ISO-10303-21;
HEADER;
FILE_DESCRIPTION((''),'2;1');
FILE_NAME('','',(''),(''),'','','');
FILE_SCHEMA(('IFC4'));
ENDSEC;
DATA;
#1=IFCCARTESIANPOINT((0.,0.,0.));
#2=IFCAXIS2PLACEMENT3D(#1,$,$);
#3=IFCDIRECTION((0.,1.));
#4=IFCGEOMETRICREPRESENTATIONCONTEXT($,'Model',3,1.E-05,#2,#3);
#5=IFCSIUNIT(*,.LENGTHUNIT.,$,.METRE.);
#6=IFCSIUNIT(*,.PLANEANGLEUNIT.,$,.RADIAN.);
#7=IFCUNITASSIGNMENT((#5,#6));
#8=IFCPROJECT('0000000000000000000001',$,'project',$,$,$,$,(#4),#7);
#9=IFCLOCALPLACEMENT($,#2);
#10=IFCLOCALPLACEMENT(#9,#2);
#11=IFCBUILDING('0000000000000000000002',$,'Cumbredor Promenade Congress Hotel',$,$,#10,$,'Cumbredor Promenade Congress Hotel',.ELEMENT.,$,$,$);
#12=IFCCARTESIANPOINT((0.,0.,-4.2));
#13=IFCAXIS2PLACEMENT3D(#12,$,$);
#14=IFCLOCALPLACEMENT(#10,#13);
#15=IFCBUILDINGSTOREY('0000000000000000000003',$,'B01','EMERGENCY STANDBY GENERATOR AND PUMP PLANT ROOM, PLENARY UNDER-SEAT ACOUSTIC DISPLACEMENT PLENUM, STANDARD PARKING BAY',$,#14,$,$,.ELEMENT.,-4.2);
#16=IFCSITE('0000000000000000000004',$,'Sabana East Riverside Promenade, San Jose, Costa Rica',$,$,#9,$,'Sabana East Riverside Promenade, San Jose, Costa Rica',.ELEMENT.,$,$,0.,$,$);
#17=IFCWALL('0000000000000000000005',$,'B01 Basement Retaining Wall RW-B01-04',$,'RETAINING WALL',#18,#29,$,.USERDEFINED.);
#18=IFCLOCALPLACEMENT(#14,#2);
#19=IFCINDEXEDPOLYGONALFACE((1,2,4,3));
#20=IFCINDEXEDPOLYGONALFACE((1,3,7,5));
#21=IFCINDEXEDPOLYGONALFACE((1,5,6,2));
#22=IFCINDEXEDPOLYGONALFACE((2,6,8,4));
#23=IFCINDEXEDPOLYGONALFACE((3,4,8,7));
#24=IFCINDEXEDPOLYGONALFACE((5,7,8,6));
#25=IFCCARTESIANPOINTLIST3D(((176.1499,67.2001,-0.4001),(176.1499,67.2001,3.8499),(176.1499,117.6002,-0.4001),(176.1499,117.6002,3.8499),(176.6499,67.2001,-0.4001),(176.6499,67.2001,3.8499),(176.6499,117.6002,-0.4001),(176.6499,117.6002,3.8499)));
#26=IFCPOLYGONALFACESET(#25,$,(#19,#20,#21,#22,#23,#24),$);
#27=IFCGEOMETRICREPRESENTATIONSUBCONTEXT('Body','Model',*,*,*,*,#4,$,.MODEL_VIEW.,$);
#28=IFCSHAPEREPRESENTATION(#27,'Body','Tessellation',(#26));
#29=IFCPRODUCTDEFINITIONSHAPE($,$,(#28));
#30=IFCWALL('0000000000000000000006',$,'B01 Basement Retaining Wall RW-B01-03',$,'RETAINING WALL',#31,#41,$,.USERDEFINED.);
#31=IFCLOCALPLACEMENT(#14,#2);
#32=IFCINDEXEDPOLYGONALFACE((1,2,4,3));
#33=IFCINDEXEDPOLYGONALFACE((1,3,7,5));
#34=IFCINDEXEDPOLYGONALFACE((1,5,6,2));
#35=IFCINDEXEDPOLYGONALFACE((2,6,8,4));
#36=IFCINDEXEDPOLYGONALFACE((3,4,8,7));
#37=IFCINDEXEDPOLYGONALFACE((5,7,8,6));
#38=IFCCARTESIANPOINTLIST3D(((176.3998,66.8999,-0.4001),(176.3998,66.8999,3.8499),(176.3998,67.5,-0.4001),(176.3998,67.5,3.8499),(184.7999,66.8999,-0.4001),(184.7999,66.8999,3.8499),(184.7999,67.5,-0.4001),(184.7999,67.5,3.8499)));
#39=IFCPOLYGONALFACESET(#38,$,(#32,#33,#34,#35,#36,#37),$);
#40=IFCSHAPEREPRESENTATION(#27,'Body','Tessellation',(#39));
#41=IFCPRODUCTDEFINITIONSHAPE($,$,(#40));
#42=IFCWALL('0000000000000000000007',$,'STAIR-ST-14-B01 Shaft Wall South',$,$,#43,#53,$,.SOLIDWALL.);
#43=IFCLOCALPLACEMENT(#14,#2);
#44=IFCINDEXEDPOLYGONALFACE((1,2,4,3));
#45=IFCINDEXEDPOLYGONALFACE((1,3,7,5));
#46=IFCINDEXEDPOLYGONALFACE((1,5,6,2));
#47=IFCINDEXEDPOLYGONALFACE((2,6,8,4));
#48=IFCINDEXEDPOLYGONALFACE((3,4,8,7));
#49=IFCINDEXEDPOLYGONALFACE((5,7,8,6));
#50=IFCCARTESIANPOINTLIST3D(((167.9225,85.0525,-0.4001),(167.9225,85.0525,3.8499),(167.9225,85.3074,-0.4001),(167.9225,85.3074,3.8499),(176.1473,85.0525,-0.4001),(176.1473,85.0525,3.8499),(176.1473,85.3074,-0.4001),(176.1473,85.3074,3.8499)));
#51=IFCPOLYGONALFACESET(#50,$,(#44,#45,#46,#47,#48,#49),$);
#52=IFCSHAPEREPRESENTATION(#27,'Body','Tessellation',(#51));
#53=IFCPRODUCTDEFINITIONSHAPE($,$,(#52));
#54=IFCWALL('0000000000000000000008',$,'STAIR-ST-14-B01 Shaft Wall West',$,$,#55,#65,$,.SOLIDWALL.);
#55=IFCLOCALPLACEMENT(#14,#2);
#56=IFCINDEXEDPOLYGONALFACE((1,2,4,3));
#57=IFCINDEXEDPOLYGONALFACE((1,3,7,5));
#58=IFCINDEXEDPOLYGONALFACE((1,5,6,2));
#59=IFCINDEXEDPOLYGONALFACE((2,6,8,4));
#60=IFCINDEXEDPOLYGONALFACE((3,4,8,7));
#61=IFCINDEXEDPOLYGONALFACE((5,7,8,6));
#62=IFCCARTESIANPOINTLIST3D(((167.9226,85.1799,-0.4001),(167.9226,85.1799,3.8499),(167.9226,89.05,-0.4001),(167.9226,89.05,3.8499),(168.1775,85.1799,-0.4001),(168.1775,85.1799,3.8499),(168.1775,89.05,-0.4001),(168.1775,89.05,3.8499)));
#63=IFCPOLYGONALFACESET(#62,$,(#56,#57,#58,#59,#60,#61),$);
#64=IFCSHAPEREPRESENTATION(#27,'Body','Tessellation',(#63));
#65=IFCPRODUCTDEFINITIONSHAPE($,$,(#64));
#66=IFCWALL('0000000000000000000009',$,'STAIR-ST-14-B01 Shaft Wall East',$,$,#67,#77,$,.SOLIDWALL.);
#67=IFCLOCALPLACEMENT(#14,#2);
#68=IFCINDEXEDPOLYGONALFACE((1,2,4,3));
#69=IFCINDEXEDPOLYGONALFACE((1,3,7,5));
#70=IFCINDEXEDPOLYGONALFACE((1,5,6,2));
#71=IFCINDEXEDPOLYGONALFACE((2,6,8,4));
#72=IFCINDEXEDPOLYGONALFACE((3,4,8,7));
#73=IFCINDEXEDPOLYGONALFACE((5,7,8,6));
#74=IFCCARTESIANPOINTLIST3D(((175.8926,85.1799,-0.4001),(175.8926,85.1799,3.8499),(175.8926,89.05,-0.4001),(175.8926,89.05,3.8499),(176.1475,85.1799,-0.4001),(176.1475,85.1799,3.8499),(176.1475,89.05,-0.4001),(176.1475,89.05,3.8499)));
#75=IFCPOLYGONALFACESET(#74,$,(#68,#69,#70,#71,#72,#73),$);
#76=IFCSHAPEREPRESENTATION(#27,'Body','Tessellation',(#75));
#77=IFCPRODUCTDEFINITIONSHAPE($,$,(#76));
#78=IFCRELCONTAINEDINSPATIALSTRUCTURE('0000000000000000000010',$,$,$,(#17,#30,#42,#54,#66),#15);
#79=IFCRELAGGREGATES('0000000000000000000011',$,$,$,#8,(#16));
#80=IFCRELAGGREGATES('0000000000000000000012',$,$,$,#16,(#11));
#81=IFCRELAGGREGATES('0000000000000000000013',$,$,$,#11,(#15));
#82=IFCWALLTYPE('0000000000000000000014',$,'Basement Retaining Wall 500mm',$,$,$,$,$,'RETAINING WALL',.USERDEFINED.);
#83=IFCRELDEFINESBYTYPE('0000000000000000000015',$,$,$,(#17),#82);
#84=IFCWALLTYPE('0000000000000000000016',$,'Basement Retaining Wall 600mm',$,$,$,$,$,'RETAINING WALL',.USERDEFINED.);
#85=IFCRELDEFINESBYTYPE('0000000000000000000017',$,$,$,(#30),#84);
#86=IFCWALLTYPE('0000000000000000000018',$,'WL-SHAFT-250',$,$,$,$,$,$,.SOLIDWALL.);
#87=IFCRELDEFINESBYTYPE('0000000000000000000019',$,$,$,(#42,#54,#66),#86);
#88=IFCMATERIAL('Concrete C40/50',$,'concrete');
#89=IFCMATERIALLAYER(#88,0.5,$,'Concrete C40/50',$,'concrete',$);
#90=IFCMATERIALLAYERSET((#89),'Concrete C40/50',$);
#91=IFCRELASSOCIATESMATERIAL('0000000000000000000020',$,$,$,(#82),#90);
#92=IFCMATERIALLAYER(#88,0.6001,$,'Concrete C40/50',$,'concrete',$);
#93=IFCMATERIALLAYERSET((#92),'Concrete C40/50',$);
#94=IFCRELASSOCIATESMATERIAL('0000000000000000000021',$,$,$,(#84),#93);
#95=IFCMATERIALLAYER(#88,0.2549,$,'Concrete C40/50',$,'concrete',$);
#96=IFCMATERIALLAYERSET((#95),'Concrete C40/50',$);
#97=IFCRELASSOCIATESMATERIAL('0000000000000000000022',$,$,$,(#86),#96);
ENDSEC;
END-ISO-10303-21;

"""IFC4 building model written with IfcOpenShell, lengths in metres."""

from ifc_helpers import new_model, si_unit, direction, frame, frame_2d, origin, place, context, subcontext, project, spatial, rectangle, extrude, material, layer, layer_set, type_object, element, save


model = new_model("IFC4")

# Units and contexts
model_context = context("Model", 3, precision=1e-05, world=origin(), true_north=direction((0.0, 1.0)))
body_context = subcontext(model_context, "Body", "Model", "MODEL_VIEW")
ifc_project = project(units=[si_unit("LENGTHUNIT", "METRE"), si_unit("PLANEANGLEUNIT", "RADIAN")], contexts=[model_context])

# Site, building, storey
site_placement = place(None, origin())
site = spatial("IfcSite", under=ifc_project, at=site_placement, Name="Sabana East Riverside Promenade, San Jose, Costa Rica", LongName="Sabana East Riverside Promenade, San Jose, Costa Rica", CompositionType="ELEMENT", RefElevation=0.0)
building_placement = place(site_placement, origin())
building = spatial("IfcBuilding", under=site, at=building_placement, Name="Cumbredor Promenade Congress Hotel", LongName="Cumbredor Promenade Congress Hotel", CompositionType="ELEMENT")
storey_placement = place(building_placement, frame((0.0, 0.0, -4.2)))
storey = spatial("IfcBuildingStorey", under=building, at=storey_placement, Name="B01", Description="EMERGENCY STANDBY GENERATOR AND PUMP PLANT ROOM, PLENARY UNDER-SEAT ACOUSTIC DISPLACEMENT PLENUM, STANDARD PARKING BAY", CompositionType="ELEMENT", Elevation=-4.2)

# Shared definitions
ifc_material_1 = material(Name="Concrete C40/50", Category="concrete")

# Walls
ifc_layer_1 = layer(ifc_material_1, 0.5, Name="Concrete C40/50", Category="concrete")
ifc_layer_set_1 = layer_set([ifc_layer_1], Name="Concrete C40/50")
wall_type_1 = type_object("IfcWallType", Name="Basement Retaining Wall 500mm", ElementType="RETAINING WALL", PredefinedType="USERDEFINED", material=ifc_layer_set_1)
wall_1_placement = place(storey_placement, frame((176.3999, 67.2, -0.4001), z_axis=(0.0, 0.0, 1.0), x_axis=(0.0, 1.0, 0.0)))
element("IfcWall", 1, at=wall_1_placement, inside=storey, type_object=wall_type_1, Name="B01 Basement Retaining Wall RW-B01-04", ObjectType="RETAINING WALL", PredefinedType="USERDEFINED", context=body_context, shape_type="SweptSolid", body=[
    extrude(rectangle(XDim=50.4001, YDim=0.5, at=frame_2d((25.2002, 0.0))), origin(), (0.0, 0.0, 1.0), 4.25),
])
ifc_layer_2 = layer(ifc_material_1, 0.6001, Name="Concrete C40/50", Category="concrete")
ifc_layer_set_2 = layer_set([ifc_layer_2], Name="Concrete C40/50")
wall_type_2 = type_object("IfcWallType", Name="Basement Retaining Wall 600mm", ElementType="RETAINING WALL", PredefinedType="USERDEFINED", material=ifc_layer_set_2)
wall_2_placement = place(storey_placement, frame((184.8, 67.2, -0.4001), z_axis=(0.0, 0.0, 1.0), x_axis=(-1.0, 0.0, 0.0)))
element("IfcWall", 2, at=wall_2_placement, inside=storey, type_object=wall_type_2, Name="B01 Basement Retaining Wall RW-B01-03", ObjectType="RETAINING WALL", PredefinedType="USERDEFINED", context=body_context, shape_type="SweptSolid", body=[
    extrude(rectangle(XDim=8.4001, YDim=0.6001, at=frame_2d((4.2002, 0.0))), origin(), (0.0, 0.0, 1.0), 4.25),
])
ifc_layer_3 = layer(ifc_material_1, 0.2549, Name="Concrete C40/50", Category="concrete")
ifc_layer_set_3 = layer_set([ifc_layer_3], Name="Concrete C40/50")
wall_type_3 = type_object("IfcWallType", Name="WL-SHAFT-250", PredefinedType="SOLIDWALL", material=ifc_layer_set_3)
wall_3_placement = place(storey_placement, frame((167.9226, 85.1799, -0.4001), z_axis=(0.0, 0.0, 1.0), x_axis=(1.0, 0.0, 0.0)))
element("IfcWall", 3, at=wall_3_placement, inside=storey, type_object=wall_type_3, Name="STAIR-ST-14-B01 Shaft Wall South", PredefinedType="SOLIDWALL", context=body_context, shape_type="SweptSolid", body=[
    extrude(rectangle(XDim=8.2249, YDim=0.2549, at=frame_2d((4.1123, 0.0))), origin(), (0.0, 0.0, 1.0), 4.25),
])
for number, where, z_axis, x_axis, name in (
    (4, (168.05, 85.1799, -0.4001), (0.0, 0.0, 1.0), (0.0, 1.0, 0.0), "STAIR-ST-14-B01 Shaft Wall West"),
    (5, (176.02, 85.1799, -0.4001), (0.0, 0.0, 1.0), (0.0, 1.0, 0.0), "STAIR-ST-14-B01 Shaft Wall East"),
):
    element("IfcWall", number, at=place(storey_placement, frame(where, z_axis=z_axis, x_axis=x_axis)), inside=storey, type_object=wall_type_3, Name=name, PredefinedType="SOLIDWALL", context=body_context, shape_type="SweptSolid", body=[
        extrude(rectangle(XDim=3.8701, YDim=0.2549, at=frame_2d((1.9351, 0.0))), origin(), (0.0, 0.0, 1.0), 4.25),
    ])

save(model, "model.ifc")
